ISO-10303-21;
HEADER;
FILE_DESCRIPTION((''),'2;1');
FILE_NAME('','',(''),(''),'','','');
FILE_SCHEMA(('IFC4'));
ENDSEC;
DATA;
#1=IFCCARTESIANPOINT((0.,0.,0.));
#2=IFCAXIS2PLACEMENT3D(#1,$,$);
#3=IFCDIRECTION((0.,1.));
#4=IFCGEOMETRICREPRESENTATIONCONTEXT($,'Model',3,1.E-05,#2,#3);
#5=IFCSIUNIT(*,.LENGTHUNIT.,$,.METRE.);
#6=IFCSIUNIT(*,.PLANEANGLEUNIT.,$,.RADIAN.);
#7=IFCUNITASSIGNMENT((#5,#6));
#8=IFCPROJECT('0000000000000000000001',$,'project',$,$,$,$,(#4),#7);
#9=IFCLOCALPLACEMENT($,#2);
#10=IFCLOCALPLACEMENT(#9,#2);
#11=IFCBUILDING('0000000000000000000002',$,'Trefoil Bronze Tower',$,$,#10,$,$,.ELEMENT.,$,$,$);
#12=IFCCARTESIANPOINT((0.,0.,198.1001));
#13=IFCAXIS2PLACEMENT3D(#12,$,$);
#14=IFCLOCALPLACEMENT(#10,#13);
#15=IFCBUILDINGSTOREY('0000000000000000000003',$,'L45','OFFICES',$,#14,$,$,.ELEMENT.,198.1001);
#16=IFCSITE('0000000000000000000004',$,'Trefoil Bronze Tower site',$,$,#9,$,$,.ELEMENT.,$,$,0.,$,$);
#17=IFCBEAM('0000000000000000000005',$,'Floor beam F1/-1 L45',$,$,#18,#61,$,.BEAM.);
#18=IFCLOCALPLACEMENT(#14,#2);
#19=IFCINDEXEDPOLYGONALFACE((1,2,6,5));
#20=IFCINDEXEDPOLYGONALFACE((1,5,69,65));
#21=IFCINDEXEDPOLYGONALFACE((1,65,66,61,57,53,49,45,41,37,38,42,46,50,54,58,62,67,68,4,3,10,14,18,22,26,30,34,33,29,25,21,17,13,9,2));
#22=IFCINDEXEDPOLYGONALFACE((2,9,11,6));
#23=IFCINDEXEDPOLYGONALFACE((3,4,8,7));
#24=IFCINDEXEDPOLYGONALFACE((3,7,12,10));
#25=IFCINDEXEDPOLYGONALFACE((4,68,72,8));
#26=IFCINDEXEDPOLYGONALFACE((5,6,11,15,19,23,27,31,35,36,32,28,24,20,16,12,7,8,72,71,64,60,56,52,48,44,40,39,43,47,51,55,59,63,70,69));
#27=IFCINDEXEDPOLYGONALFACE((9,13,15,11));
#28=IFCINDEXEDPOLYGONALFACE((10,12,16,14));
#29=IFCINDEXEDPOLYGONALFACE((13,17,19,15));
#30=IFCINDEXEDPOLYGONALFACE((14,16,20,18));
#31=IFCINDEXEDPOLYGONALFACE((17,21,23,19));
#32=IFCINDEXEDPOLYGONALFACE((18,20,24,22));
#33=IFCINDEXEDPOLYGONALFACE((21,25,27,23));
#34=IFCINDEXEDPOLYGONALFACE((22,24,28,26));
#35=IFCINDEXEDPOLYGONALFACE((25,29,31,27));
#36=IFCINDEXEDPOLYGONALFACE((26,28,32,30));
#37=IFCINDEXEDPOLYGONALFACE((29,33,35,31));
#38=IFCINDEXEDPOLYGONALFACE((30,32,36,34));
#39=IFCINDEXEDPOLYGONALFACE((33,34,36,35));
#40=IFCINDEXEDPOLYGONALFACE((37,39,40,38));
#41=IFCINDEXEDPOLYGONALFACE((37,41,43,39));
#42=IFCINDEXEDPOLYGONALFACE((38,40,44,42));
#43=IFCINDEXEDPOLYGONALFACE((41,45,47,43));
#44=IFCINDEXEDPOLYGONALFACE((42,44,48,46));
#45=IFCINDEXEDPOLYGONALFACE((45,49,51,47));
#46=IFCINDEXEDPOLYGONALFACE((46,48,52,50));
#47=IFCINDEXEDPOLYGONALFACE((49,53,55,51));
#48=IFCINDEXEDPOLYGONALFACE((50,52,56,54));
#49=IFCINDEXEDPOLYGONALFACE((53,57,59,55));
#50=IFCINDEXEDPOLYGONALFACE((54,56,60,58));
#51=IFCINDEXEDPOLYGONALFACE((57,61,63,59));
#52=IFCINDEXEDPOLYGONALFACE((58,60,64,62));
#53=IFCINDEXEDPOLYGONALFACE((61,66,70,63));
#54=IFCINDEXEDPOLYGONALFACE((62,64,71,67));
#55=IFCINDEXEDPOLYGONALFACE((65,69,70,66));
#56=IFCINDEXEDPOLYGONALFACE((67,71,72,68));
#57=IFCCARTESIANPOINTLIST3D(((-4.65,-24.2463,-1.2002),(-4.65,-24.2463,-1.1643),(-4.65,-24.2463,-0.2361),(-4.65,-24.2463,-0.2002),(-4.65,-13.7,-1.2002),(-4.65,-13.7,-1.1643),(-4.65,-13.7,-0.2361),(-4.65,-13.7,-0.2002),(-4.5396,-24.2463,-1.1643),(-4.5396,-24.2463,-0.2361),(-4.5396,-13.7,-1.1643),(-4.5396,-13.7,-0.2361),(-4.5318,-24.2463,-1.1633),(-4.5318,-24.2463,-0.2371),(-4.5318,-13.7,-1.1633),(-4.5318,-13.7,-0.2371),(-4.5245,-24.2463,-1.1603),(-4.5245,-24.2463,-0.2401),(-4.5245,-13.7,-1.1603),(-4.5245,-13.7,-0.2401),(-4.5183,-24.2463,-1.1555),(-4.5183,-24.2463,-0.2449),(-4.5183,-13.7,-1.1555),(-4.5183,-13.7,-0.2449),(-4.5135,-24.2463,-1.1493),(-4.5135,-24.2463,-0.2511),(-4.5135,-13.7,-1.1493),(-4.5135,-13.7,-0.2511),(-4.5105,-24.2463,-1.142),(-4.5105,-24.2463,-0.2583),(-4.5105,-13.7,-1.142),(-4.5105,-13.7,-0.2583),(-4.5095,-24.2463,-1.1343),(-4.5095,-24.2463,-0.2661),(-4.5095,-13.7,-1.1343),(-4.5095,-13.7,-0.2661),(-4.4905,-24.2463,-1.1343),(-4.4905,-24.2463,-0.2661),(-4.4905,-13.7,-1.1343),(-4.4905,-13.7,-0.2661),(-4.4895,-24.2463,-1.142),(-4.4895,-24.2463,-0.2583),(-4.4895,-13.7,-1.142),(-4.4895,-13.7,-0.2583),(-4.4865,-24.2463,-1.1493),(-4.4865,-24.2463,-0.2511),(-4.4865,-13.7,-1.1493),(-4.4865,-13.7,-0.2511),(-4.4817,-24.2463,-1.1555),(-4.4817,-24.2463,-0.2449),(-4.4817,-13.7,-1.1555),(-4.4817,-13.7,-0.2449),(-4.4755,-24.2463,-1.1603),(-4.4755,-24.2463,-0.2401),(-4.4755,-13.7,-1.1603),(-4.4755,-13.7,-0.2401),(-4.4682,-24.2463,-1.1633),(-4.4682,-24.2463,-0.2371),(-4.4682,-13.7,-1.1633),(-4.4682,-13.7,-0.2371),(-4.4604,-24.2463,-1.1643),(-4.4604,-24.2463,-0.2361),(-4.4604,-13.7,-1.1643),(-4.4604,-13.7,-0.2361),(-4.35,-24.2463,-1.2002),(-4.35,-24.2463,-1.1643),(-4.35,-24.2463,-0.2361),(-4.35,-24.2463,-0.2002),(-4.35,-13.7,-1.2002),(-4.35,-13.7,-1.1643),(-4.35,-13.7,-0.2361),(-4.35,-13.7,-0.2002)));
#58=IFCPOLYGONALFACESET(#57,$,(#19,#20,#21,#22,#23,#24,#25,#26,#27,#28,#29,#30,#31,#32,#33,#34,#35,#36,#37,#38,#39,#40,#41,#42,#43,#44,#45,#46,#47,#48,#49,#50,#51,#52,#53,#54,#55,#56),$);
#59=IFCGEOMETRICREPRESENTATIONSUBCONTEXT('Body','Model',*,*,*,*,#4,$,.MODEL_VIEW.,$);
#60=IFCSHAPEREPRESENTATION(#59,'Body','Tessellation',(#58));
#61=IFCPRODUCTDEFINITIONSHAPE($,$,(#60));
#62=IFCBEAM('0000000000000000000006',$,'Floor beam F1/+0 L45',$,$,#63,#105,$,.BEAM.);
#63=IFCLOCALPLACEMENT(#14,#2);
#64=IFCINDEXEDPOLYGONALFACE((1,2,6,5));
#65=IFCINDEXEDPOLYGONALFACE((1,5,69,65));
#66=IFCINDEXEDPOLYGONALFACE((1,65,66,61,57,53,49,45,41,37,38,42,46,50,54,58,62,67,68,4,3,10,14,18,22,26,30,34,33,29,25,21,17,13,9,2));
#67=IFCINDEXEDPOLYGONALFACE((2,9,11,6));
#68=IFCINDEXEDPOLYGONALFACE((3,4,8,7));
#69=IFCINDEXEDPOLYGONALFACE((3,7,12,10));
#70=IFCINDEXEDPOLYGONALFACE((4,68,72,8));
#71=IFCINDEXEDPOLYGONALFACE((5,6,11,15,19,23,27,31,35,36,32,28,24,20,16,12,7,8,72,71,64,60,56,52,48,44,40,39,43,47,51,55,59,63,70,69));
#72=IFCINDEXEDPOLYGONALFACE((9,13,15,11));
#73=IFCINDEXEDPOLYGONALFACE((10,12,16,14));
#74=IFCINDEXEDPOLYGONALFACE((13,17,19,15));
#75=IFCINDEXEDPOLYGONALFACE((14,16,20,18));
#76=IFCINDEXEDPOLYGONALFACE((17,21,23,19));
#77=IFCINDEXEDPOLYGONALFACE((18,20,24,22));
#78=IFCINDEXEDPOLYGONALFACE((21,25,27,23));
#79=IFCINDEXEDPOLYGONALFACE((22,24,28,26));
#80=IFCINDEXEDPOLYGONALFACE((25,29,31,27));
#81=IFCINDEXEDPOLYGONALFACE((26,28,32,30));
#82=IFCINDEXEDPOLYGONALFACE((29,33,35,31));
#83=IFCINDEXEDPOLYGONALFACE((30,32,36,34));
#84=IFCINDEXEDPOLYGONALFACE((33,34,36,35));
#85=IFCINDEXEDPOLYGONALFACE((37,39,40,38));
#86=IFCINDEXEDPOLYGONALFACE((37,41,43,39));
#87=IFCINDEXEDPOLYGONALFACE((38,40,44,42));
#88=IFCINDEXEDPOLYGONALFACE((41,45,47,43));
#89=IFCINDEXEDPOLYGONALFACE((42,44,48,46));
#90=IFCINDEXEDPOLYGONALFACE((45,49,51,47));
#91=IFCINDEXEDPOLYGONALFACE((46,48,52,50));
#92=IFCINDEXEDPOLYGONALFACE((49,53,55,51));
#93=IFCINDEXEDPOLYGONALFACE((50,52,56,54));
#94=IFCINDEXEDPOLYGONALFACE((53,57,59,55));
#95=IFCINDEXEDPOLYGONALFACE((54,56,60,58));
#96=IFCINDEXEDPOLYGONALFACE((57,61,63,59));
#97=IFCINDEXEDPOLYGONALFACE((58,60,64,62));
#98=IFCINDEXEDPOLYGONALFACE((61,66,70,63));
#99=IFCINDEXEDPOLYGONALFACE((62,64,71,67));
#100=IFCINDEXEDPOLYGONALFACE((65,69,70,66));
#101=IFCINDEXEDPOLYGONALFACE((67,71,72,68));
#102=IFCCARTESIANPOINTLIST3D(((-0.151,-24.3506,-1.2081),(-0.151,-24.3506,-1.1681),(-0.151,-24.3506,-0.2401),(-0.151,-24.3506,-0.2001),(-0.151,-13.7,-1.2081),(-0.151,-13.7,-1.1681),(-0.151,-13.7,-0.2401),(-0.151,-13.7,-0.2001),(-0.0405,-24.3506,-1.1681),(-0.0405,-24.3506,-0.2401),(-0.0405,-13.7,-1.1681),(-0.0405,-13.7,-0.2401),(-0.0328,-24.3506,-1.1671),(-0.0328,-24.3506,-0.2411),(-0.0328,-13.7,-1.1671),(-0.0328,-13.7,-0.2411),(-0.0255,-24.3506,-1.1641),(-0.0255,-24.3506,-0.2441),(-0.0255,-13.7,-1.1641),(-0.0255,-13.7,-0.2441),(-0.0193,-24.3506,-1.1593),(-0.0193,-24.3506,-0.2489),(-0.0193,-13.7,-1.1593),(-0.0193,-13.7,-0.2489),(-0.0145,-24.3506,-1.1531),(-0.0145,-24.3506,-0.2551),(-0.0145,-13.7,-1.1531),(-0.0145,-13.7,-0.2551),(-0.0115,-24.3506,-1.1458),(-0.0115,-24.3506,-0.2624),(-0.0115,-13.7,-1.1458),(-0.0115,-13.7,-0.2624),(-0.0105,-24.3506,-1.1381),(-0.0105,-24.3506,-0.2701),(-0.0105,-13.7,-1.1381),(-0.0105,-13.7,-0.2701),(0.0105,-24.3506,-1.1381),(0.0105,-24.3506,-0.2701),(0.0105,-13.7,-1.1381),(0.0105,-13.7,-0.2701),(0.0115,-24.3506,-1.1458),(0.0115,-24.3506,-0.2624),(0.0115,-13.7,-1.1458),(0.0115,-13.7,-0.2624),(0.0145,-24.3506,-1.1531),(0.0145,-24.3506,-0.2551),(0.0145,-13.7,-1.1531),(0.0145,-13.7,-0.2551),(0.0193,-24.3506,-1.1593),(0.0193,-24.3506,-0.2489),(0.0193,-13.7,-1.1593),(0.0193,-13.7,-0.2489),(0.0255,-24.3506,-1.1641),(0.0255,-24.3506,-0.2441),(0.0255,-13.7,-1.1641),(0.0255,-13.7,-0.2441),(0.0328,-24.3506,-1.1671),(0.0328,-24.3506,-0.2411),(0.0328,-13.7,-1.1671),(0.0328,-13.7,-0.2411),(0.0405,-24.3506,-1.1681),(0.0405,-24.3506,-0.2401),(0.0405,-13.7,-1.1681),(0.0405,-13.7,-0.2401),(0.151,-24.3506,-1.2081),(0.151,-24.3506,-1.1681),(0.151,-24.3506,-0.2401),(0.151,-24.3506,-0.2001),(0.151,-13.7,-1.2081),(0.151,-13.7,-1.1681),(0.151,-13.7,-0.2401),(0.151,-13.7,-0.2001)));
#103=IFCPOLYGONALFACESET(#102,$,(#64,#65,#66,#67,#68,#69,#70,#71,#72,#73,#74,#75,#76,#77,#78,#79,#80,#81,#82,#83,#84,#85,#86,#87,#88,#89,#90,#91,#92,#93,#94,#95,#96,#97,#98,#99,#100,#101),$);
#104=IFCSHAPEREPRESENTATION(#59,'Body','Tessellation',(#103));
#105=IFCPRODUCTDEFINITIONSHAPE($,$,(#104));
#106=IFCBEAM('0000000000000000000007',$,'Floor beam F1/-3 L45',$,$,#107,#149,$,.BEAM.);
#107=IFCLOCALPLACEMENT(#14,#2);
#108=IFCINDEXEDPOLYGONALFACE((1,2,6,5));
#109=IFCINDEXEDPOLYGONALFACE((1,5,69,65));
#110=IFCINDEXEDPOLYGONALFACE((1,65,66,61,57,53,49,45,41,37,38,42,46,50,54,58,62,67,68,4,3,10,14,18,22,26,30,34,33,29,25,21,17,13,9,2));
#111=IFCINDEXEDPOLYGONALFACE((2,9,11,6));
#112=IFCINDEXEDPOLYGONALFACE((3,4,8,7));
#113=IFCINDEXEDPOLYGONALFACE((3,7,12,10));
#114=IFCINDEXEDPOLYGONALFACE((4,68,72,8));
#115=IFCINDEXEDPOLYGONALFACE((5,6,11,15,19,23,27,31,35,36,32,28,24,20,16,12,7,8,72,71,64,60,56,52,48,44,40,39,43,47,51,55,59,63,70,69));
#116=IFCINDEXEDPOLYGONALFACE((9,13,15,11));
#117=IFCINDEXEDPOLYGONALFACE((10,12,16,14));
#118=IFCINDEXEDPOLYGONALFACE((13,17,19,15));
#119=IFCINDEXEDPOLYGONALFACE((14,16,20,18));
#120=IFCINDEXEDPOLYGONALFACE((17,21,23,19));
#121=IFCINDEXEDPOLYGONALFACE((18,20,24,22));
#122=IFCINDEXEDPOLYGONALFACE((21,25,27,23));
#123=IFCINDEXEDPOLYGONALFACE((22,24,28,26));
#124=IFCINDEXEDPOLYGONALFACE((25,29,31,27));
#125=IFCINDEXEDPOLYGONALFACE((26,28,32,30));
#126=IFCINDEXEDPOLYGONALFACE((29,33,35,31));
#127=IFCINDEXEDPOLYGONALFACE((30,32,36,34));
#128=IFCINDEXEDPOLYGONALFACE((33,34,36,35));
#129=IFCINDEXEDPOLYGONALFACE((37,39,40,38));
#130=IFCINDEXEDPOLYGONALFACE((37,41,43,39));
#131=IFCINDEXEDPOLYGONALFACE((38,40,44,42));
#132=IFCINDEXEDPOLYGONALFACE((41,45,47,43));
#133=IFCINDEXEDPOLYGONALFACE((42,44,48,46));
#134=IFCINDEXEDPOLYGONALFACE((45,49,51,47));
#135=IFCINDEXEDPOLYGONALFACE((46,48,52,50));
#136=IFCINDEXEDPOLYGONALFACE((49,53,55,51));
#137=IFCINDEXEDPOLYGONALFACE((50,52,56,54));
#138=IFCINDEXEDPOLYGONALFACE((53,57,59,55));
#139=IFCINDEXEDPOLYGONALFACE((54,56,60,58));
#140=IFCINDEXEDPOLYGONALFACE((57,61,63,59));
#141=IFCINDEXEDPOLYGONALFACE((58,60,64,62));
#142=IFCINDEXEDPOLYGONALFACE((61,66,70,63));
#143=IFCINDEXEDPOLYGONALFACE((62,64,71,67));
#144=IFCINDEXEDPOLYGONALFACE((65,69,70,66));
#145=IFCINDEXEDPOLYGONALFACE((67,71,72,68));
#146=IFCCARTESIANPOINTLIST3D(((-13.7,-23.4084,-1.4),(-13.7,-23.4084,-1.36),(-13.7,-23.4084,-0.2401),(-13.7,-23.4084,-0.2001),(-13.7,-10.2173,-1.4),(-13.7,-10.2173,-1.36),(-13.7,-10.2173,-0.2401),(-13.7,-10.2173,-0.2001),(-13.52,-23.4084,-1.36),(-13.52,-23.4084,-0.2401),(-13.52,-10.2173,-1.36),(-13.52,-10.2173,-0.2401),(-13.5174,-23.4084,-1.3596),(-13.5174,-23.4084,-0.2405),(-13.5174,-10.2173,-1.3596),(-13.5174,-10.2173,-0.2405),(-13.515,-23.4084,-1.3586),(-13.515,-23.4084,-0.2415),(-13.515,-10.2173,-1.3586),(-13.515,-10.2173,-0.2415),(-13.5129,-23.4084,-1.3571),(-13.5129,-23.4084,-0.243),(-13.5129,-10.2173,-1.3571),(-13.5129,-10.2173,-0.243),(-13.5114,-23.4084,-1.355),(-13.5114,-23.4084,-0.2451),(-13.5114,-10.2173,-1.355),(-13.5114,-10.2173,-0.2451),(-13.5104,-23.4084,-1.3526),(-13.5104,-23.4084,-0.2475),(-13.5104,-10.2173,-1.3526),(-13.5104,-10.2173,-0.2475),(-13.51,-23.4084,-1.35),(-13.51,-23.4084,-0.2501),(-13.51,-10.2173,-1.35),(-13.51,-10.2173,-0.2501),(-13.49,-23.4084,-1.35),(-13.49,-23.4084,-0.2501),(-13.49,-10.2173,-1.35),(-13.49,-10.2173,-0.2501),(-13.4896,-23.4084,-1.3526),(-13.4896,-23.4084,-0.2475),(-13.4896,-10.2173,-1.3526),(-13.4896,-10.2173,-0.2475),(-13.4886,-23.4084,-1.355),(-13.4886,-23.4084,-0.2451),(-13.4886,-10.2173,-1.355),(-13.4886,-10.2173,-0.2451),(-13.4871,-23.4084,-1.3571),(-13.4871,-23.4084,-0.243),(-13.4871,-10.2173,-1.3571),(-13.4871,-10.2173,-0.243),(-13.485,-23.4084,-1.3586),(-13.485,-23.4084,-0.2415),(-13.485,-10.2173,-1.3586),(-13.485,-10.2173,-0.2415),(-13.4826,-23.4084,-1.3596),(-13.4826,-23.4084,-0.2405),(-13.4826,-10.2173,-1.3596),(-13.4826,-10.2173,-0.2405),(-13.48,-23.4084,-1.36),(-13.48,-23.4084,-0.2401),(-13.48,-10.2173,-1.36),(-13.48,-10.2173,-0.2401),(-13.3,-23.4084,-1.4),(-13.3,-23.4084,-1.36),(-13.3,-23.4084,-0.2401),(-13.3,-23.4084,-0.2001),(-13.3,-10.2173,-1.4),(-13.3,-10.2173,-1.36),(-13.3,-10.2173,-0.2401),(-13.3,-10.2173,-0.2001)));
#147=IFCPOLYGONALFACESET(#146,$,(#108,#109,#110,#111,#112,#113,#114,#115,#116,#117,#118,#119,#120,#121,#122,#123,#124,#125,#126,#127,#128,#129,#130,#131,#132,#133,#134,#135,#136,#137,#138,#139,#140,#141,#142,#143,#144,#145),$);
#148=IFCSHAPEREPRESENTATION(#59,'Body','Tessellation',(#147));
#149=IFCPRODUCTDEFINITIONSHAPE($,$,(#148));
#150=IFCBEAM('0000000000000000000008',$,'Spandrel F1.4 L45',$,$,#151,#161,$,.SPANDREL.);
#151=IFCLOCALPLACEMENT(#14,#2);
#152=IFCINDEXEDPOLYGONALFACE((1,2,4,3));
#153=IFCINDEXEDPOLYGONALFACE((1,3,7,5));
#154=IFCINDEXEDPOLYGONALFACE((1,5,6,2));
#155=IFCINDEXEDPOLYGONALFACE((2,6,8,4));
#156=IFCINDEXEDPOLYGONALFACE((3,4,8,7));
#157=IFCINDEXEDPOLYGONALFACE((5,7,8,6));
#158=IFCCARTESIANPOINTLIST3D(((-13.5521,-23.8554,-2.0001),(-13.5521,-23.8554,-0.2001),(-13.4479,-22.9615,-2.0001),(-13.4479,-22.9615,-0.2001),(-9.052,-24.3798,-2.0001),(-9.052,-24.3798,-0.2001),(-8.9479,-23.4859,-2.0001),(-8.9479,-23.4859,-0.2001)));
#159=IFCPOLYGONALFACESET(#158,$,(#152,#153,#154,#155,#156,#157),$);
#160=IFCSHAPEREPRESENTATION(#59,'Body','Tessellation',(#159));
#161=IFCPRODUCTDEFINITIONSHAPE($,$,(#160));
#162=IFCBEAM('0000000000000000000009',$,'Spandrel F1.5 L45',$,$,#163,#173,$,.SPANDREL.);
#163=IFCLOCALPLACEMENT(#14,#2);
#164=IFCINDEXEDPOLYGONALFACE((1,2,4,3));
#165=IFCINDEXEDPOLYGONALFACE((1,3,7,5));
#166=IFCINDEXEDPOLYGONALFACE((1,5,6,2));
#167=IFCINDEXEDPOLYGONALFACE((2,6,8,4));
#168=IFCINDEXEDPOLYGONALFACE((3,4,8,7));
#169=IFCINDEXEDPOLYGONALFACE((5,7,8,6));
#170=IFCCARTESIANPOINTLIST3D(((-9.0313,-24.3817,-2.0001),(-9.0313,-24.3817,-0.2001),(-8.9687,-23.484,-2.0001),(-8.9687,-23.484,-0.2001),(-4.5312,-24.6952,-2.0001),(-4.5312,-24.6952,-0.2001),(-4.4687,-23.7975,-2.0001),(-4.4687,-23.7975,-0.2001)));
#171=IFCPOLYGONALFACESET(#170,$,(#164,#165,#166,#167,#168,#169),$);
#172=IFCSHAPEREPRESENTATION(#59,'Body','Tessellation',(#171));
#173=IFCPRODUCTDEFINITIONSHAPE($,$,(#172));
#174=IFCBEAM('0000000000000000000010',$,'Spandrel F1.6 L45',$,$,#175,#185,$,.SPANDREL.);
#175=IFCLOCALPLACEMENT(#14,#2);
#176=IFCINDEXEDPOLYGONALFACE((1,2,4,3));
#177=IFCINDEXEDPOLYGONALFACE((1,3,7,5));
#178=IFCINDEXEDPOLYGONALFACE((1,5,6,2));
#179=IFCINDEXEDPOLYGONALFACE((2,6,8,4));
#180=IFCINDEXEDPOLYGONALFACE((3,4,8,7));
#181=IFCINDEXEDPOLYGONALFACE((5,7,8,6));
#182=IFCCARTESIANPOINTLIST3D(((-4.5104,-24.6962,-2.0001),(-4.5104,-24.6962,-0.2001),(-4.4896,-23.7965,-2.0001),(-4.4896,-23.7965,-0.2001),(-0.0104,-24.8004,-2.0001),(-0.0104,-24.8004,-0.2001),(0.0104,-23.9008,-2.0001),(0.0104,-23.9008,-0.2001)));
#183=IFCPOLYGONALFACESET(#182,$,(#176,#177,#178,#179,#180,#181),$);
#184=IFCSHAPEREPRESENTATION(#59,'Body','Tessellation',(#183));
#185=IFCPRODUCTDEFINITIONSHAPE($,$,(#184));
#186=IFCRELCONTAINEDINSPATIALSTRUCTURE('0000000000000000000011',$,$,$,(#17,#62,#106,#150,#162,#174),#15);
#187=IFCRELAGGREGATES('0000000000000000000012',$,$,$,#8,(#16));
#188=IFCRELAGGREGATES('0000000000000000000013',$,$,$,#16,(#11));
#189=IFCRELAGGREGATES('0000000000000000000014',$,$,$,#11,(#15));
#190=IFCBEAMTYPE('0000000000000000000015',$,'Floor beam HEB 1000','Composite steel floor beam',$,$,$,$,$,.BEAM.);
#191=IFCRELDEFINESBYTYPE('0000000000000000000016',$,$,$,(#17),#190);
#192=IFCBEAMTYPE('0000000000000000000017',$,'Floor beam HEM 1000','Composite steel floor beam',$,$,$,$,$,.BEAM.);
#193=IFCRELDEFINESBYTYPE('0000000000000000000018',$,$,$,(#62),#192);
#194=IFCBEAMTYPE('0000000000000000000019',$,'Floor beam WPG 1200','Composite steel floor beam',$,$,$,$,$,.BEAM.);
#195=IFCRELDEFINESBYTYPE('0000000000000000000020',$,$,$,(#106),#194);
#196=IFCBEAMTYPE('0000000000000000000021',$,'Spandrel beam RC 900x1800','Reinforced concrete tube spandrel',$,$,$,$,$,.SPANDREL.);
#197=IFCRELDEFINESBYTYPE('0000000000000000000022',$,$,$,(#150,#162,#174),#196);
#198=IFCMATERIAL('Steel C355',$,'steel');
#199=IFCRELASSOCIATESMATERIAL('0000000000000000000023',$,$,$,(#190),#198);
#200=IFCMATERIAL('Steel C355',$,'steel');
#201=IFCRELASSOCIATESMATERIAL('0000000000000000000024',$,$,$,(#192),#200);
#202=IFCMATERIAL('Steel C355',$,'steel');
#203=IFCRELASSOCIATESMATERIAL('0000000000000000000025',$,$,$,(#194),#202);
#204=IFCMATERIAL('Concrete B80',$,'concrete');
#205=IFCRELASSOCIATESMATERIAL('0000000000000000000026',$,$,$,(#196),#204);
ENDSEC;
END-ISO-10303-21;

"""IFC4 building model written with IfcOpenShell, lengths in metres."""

from ifc_helpers import new_model, si_unit, direction, frame, origin, origin_2d, place, context, subcontext, project, spatial, rectangle, i_section, extrude, material, material_profile, profile_set, type_object, element, save


model = new_model("IFC4")

# Units and contexts
model_context = context("Model", 3, precision=1e-05, world=origin(), true_north=direction((0.0, 1.0)))
body_context = subcontext(model_context, "Body", "Model", "MODEL_VIEW")
ifc_project = project(units=[si_unit("LENGTHUNIT", "METRE"), si_unit("PLANEANGLEUNIT", "RADIAN")], contexts=[model_context])

# Site, building, storey
site_placement = place(None, origin())
site = spatial("IfcSite", under=ifc_project, at=site_placement, Name="Trefoil Bronze Tower site", CompositionType="ELEMENT", RefElevation=0.0)
building_placement = place(site_placement, origin())
building = spatial("IfcBuilding", under=site, at=building_placement, Name="Trefoil Bronze Tower", CompositionType="ELEMENT")
storey_placement = place(building_placement, frame((0.0, 0.0, 198.1001)))
storey = spatial("IfcBuildingStorey", under=building, at=storey_placement, Name="L45", Description="OFFICES", CompositionType="ELEMENT", Elevation=198.1001)

# Beams
ifc_material_1 = material(Name="Steel C355", Category="steel")
ifc_material_profile_1 = material_profile(ifc_material_1, i_section(OverallWidth=0.3, OverallDepth=1.0, WebThickness=0.019, FlangeThickness=0.0359, FilletRadius=0.03, at=origin_2d()), Name="HEB 1000")
ifc_profile_set_1 = profile_set([ifc_material_profile_1], Name="Steel C355")
beam_type_1 = type_object("IfcBeamType", Name="Floor beam HEB 1000", Description="Composite steel floor beam", PredefinedType="BEAM", material=ifc_profile_set_1)
beam_1_placement = place(storey_placement, frame((-4.5, -24.2463, -0.7002), z_axis=(0.0, 1.0, 0.0), x_axis=(-1.0, 0.0, 0.0)))
element("IfcBeam", 1, at=beam_1_placement, inside=storey, type_object=beam_type_1, Name="Floor beam F1/-1 L45", PredefinedType="BEAM", context=body_context, shape_type="SweptSolid", body=[
    extrude(i_section(OverallWidth=0.3, OverallDepth=1.0, WebThickness=0.019, FlangeThickness=0.0359, FilletRadius=0.03, at=origin_2d()), origin(), (0.0, 0.0, 1.0), 10.5464),
])
ifc_material_2 = material(Name="Steel C355", Category="steel")
ifc_material_profile_2 = material_profile(ifc_material_2, i_section(OverallWidth=0.302, OverallDepth=1.0081, WebThickness=0.021, FlangeThickness=0.04, FilletRadius=0.03, at=origin_2d()), Name="HEM 1000")
ifc_profile_set_2 = profile_set([ifc_material_profile_2], Name="Steel C355")
beam_type_2 = type_object("IfcBeamType", Name="Floor beam HEM 1000", Description="Composite steel floor beam", PredefinedType="BEAM", material=ifc_profile_set_2)
beam_2_placement = place(storey_placement, frame((0.0, -24.3506, -0.7041), z_axis=(0.0, 1.0, 0.0), x_axis=(-1.0, 0.0, 0.0)))
element("IfcBeam", 2, at=beam_2_placement, inside=storey, type_object=beam_type_2, Name="Floor beam F1/+0 L45", PredefinedType="BEAM", context=body_context, shape_type="SweptSolid", body=[
    extrude(i_section(OverallWidth=0.302, OverallDepth=1.0081, WebThickness=0.021, FlangeThickness=0.04, FilletRadius=0.03, at=origin_2d()), origin(), (0.0, 0.0, 1.0), 10.6506),
])
ifc_material_3 = material(Name="Steel C355", Category="steel")
ifc_material_profile_3 = material_profile(ifc_material_3, i_section(OverallWidth=0.3999, OverallDepth=1.2, WebThickness=0.02, FlangeThickness=0.04, FilletRadius=0.01, at=origin_2d()), Name="WPG 1200")
ifc_profile_set_3 = profile_set([ifc_material_profile_3], Name="Steel C355")
beam_type_3 = type_object("IfcBeamType", Name="Floor beam WPG 1200", Description="Composite steel floor beam", PredefinedType="BEAM", material=ifc_profile_set_3)
beam_3_placement = place(storey_placement, frame((-13.5, -23.4084, -0.8), z_axis=(0.0, 1.0, 0.0), x_axis=(-1.0, 0.0, 0.0)))
element("IfcBeam", 3, at=beam_3_placement, inside=storey, type_object=beam_type_3, Name="Floor beam F1/-3 L45", PredefinedType="BEAM", context=body_context, shape_type="SweptSolid", body=[
    extrude(i_section(OverallWidth=0.3999, OverallDepth=1.2, WebThickness=0.02, FlangeThickness=0.04, FilletRadius=0.01, at=origin_2d()), origin(), (0.0, 0.0, 1.0), 13.1912),
])
ifc_material_4 = material(Name="Concrete B80", Category="concrete")
ifc_material_profile_4 = material_profile(ifc_material_4, rectangle(XDim=0.8999, YDim=1.8, at=origin_2d()), Name="RC 900x1800")
ifc_profile_set_4 = profile_set([ifc_material_profile_4], Name="Concrete B80")
beam_type_4 = type_object("IfcBeamType", Name="Spandrel beam RC 900x1800", Description="Reinforced concrete tube spandrel", PredefinedType="SPANDREL", material=ifc_profile_set_4)
beam_4_placement = place(storey_placement, frame((-13.5, -23.4084, -1.1001), z_axis=(0.993278, -0.115753, 0.0), x_axis=(0.115753, 0.993278, 0.0)))
element("IfcBeam", 4, at=beam_4_placement, inside=storey, type_object=beam_type_4, Name="Spandrel F1.4 L45", PredefinedType="SPANDREL", context=body_context, shape_type="SweptSolid", body=[
    extrude(rectangle(XDim=0.8999, YDim=1.8, at=origin_2d()), origin(), (0.0, 0.0, 1.0), 4.5305),
])
beam_5_placement = place(storey_placement, frame((-9.0, -23.9329, -1.1001), z_axis=(0.997582, -0.069493, 0.0), x_axis=(0.069493, 0.997582, 0.0)))
element("IfcBeam", 5, at=beam_5_placement, inside=storey, type_object=beam_type_4, Name="Spandrel F1.5 L45", PredefinedType="SPANDREL", context=body_context, shape_type="SweptSolid", body=[
    extrude(rectangle(XDim=0.8999, YDim=1.8, at=origin_2d()), origin(), (0.0, 0.0, 1.0), 4.511),
])
for number, where, z_axis, x_axis, name in (
    (6, (-4.5, -24.2463, -1.1001), (0.999732, -0.02316, 0.0), (0.02316, 0.999732, 0.0), "Spandrel F1.6 L45"),
):
    element("IfcBeam", number, at=place(storey_placement, frame(where, z_axis=z_axis, x_axis=x_axis)), inside=storey, type_object=beam_type_4, Name=name, PredefinedType="SPANDREL", context=body_context, shape_type="SweptSolid", body=[
        extrude(rectangle(XDim=0.8999, YDim=1.8, at=origin_2d()), origin(), (0.0, 0.0, 1.0), 4.5012),
    ])

save(model, "model.ifc")
